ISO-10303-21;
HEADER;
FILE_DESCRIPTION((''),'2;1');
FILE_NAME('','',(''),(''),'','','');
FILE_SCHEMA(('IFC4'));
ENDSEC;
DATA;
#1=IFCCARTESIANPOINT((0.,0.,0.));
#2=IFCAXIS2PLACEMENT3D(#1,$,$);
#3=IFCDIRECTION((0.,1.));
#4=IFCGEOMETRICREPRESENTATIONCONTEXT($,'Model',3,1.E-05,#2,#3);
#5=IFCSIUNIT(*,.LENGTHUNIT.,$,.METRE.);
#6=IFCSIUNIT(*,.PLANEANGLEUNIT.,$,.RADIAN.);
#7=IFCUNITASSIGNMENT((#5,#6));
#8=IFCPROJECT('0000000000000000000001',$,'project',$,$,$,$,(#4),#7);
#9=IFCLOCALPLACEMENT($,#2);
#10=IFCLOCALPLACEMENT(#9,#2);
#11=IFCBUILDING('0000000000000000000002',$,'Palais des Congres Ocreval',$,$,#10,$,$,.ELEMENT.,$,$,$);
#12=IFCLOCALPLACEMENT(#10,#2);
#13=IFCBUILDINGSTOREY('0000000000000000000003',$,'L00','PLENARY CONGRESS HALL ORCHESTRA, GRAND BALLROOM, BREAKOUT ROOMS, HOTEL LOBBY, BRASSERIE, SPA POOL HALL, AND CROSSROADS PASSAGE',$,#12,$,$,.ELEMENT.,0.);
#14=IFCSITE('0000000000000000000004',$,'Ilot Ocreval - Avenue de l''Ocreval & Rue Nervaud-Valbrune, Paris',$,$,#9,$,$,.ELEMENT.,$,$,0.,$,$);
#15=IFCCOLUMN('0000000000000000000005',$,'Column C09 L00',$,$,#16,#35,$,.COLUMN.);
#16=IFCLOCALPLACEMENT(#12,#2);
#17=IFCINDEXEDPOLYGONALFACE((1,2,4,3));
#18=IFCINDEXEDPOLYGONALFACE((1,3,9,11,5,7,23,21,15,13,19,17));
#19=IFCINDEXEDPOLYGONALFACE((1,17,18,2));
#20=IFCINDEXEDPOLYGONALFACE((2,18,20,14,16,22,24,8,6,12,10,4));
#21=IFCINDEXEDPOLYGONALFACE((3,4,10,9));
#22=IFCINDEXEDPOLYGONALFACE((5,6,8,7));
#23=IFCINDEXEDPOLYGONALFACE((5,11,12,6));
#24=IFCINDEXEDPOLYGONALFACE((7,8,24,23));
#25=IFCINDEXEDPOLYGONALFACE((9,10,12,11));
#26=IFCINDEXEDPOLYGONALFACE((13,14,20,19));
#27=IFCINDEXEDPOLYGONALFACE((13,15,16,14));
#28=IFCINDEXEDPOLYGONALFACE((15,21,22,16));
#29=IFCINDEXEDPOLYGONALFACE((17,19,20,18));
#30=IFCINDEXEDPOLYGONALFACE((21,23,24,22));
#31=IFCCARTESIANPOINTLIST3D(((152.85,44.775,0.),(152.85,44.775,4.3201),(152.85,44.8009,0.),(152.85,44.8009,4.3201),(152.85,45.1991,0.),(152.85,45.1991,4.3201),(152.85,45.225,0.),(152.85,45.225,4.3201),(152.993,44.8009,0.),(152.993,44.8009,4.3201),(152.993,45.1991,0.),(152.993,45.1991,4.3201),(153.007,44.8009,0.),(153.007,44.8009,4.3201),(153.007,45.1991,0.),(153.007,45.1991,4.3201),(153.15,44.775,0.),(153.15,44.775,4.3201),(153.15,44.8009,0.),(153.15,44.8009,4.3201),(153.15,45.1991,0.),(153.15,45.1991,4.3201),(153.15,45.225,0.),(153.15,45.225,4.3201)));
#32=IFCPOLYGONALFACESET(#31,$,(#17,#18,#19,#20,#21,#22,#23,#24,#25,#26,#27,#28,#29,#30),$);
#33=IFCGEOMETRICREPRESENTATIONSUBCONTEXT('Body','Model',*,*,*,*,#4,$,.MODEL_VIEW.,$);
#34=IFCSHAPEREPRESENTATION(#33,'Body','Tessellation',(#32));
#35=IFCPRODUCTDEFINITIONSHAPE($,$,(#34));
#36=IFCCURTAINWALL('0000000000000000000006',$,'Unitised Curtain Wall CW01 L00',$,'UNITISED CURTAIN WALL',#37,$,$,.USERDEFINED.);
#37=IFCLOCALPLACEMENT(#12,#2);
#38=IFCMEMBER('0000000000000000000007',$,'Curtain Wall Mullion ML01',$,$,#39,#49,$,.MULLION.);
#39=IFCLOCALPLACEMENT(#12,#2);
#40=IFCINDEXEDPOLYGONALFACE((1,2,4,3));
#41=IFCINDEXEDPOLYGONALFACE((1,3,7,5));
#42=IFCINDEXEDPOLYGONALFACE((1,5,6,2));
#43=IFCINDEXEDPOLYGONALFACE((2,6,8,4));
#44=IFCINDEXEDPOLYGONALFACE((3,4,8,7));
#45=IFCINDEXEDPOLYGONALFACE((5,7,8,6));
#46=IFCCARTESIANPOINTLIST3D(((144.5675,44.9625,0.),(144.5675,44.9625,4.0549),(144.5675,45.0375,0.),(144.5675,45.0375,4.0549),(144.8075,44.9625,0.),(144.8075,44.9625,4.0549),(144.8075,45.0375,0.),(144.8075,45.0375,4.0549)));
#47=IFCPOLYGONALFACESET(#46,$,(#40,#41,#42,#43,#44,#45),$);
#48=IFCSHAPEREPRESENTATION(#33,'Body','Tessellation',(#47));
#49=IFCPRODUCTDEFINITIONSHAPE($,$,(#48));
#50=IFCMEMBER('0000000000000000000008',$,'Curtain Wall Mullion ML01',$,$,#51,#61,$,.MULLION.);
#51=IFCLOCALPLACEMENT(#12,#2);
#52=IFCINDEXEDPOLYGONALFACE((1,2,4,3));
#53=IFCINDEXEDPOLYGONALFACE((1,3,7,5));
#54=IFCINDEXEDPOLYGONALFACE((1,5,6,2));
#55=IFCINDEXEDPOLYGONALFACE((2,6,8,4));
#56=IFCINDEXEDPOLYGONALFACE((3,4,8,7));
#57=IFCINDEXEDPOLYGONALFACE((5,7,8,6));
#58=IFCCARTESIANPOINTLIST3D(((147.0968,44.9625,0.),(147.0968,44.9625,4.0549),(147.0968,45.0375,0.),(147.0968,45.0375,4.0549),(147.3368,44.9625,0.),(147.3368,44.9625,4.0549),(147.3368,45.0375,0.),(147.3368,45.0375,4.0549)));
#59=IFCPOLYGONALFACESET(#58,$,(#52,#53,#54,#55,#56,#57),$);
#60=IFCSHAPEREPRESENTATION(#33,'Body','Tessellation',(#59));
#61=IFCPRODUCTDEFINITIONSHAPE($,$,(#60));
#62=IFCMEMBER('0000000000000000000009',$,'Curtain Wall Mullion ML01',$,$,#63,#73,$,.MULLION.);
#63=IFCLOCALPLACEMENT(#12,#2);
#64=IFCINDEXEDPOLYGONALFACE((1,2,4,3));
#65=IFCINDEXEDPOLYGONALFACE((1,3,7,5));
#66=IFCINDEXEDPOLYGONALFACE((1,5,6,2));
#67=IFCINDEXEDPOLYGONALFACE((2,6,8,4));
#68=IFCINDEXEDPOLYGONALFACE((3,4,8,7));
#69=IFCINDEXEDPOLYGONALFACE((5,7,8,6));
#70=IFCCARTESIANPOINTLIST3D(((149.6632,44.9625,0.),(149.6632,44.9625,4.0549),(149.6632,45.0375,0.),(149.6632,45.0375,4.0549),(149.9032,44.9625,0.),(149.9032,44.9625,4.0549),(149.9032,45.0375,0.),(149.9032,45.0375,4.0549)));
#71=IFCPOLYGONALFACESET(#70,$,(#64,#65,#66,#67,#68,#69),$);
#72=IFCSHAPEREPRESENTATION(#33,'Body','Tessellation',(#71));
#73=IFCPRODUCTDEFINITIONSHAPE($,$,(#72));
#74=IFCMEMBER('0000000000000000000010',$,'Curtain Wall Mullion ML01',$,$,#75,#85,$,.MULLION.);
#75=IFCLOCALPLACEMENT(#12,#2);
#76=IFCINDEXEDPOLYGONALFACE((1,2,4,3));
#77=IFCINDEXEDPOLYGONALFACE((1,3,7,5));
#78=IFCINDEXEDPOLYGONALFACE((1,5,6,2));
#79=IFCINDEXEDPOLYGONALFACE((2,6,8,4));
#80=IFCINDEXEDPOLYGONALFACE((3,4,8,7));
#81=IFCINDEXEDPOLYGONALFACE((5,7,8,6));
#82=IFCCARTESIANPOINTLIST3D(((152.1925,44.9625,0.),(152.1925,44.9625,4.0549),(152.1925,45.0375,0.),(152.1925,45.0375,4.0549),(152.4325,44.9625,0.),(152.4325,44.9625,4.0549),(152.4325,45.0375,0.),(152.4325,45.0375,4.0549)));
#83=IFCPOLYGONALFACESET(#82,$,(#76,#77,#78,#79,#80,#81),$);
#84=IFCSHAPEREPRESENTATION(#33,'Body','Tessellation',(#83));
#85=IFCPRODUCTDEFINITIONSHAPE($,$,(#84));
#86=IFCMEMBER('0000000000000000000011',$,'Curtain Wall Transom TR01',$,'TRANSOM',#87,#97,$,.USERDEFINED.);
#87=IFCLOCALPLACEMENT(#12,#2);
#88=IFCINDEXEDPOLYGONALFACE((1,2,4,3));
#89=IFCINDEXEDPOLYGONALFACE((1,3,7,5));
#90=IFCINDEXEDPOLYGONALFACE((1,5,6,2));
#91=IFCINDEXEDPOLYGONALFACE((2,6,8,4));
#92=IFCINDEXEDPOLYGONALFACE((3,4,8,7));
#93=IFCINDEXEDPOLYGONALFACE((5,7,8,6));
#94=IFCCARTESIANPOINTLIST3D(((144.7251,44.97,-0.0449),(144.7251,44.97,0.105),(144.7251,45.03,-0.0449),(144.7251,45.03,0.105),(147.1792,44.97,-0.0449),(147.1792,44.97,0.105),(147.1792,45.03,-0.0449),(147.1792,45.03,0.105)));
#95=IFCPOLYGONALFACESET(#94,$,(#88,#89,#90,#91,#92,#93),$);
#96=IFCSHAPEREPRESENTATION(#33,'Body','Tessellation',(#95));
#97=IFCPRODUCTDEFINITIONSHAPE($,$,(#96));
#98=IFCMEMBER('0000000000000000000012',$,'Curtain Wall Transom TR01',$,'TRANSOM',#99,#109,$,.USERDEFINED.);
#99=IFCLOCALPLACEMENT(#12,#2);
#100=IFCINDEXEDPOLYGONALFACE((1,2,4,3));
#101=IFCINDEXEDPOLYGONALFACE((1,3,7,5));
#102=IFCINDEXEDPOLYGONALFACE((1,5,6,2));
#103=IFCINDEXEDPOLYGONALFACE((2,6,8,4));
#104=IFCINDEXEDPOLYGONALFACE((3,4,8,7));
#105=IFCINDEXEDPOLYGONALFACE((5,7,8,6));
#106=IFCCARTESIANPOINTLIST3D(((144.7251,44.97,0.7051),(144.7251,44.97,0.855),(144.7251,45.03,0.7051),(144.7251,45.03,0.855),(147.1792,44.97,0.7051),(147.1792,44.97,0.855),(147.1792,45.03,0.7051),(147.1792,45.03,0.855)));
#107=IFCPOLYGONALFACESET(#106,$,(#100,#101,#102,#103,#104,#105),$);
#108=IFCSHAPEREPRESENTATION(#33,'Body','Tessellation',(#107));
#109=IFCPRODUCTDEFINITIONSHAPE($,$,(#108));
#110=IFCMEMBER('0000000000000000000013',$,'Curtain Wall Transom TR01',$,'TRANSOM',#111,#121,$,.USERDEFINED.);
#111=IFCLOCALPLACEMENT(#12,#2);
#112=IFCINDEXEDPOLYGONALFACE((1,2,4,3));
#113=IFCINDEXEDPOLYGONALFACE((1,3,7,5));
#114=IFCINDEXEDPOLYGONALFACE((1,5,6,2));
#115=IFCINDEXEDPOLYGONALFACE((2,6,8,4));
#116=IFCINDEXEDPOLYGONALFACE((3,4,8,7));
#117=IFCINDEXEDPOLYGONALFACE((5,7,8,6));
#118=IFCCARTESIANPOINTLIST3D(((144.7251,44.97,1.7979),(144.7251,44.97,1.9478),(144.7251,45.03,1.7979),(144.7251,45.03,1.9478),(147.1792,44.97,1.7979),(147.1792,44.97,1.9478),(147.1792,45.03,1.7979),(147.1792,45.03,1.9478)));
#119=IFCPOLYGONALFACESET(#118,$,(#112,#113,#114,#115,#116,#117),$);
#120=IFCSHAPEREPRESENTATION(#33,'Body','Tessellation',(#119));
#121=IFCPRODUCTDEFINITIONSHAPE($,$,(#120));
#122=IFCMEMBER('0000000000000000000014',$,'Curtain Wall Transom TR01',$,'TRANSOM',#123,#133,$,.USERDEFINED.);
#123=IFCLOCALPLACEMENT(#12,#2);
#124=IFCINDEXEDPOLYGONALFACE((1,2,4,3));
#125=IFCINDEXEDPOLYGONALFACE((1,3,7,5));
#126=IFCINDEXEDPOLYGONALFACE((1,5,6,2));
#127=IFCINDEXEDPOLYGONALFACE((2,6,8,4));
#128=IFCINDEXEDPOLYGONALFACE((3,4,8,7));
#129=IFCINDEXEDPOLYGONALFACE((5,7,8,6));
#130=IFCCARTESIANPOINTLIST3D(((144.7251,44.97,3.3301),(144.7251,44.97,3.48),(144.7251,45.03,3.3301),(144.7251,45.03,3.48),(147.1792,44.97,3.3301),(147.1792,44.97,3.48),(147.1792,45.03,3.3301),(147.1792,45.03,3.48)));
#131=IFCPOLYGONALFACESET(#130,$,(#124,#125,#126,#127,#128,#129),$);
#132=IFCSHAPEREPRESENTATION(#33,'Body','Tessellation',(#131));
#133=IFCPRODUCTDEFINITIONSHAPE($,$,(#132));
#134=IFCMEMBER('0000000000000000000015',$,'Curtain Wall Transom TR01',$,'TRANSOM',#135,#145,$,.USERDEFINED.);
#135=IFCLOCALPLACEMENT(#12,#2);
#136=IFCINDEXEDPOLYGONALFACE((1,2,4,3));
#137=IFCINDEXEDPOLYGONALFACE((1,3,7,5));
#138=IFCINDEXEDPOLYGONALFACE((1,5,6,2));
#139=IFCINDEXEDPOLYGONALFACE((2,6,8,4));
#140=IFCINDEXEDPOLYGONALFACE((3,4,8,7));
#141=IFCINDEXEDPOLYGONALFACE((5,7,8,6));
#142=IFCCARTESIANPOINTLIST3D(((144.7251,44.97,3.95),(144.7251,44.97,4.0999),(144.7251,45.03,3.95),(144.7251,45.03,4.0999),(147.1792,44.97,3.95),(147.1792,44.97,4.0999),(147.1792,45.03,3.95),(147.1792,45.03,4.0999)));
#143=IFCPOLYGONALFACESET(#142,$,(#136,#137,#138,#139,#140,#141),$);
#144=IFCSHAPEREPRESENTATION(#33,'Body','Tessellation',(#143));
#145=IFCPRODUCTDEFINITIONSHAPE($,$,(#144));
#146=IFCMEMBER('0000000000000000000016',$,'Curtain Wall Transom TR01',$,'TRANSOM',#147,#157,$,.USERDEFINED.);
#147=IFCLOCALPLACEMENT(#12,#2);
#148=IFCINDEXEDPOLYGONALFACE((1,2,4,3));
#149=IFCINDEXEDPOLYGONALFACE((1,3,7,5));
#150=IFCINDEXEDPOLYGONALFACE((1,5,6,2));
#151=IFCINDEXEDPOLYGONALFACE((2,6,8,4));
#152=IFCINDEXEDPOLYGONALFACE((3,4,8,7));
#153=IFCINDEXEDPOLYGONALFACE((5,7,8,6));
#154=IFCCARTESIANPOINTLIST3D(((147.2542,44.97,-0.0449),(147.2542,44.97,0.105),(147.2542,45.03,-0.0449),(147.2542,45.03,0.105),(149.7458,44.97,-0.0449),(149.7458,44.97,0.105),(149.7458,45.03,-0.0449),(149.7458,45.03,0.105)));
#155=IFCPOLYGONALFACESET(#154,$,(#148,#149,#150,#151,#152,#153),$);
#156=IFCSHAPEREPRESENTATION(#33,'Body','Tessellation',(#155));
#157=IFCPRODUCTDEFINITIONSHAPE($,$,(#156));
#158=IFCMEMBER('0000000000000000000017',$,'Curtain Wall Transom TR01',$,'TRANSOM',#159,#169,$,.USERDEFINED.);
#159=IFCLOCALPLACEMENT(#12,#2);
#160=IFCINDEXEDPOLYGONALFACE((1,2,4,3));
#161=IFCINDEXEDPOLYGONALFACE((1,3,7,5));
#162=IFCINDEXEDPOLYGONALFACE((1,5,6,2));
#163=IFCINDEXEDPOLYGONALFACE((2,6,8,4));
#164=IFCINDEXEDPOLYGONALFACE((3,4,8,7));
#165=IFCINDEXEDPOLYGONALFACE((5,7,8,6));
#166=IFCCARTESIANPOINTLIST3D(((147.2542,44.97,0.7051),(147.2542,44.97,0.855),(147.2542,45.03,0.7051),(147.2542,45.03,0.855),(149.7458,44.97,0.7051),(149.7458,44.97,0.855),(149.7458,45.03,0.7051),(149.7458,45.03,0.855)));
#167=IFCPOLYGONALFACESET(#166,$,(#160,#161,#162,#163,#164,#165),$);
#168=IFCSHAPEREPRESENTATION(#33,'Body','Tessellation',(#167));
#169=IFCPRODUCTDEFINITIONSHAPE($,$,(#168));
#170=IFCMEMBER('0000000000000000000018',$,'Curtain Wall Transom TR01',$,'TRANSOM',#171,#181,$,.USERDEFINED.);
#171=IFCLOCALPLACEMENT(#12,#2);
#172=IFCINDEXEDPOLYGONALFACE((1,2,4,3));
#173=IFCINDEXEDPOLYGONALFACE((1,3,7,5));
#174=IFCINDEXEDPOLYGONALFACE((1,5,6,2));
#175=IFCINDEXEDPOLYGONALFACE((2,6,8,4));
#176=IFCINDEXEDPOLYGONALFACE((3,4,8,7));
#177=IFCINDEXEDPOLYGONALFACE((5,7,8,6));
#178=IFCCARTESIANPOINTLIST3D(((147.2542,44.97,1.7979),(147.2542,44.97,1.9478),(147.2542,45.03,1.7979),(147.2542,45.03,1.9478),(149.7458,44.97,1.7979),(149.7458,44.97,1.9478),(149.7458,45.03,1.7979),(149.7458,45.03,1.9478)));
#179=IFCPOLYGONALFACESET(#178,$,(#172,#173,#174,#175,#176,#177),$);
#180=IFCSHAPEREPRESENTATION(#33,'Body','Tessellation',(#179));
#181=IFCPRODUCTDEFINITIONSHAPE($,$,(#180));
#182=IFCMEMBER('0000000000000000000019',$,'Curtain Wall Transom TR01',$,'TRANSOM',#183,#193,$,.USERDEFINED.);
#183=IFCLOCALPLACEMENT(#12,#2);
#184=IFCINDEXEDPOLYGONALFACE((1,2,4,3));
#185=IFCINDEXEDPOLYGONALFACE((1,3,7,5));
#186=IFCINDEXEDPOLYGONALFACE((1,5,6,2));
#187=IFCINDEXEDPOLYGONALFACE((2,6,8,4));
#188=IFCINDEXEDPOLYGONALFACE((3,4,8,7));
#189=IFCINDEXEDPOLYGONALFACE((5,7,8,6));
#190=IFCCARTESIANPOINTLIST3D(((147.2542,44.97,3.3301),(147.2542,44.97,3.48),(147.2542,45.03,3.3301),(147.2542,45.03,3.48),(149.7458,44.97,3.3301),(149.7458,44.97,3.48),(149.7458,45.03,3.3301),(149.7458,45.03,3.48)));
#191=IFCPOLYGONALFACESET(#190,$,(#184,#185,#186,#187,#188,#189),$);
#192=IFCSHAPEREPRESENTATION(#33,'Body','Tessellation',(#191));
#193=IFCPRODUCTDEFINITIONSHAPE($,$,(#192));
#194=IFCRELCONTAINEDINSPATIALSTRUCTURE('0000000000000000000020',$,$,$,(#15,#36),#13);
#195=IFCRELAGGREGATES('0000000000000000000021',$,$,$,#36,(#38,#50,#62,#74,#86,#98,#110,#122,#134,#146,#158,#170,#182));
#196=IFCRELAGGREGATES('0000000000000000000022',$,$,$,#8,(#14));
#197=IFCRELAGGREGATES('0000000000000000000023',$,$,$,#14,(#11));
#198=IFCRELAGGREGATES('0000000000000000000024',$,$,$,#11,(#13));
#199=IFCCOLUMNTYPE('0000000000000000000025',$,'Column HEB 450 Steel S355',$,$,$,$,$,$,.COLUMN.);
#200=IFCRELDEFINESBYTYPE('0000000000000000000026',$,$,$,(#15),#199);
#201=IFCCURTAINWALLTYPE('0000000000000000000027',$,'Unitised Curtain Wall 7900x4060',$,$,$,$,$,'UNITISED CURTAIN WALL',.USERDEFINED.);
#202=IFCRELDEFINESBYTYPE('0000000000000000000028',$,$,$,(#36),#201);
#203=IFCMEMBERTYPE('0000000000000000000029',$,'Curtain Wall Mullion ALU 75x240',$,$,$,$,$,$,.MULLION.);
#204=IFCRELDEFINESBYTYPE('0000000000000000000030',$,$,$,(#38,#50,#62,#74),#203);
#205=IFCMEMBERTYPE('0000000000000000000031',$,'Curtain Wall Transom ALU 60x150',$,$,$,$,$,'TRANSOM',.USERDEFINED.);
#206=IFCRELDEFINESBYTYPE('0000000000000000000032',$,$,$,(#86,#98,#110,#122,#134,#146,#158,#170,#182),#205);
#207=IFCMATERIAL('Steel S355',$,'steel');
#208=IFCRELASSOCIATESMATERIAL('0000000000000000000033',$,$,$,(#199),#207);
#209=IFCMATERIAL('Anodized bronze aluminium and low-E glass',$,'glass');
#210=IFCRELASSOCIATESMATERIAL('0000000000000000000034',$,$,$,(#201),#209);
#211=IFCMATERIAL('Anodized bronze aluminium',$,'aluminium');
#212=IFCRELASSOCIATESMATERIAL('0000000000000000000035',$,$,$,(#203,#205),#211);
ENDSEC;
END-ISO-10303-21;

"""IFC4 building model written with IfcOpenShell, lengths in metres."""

from ifc_helpers import new_model, si_unit, direction, frame, origin, origin_2d, place, context, subcontext, project, spatial, rectangle, i_section, extrude, material, material_profile, profile_set, type_object, element, aggregate, save


model = new_model("IFC4")

# Units and contexts
model_context = context("Model", 3, precision=1e-05, world=origin(), true_north=direction((0.0, 1.0)))
body_context = subcontext(model_context, "Body", "Model", "MODEL_VIEW")
ifc_project = project(units=[si_unit("LENGTHUNIT", "METRE"), si_unit("PLANEANGLEUNIT", "RADIAN")], contexts=[model_context])

# Site, building, storey
site_placement = place(None, origin())
site = spatial("IfcSite", under=ifc_project, at=site_placement, Name="Ilot Ocreval - Avenue de l'Ocreval & Rue Nervaud-Valbrune, Paris", CompositionType="ELEMENT", RefElevation=0.0)
building_placement = place(site_placement, origin())
building = spatial("IfcBuilding", under=site, at=building_placement, Name="Palais des Congres Ocreval", CompositionType="ELEMENT")
storey_placement = place(building_placement, origin())
storey = spatial("IfcBuildingStorey", under=building, at=storey_placement, Name="L00", Description="PLENARY CONGRESS HALL ORCHESTRA, GRAND BALLROOM, BREAKOUT ROOMS, HOTEL LOBBY, BRASSERIE, SPA POOL HALL, AND CROSSROADS PASSAGE", CompositionType="ELEMENT", Elevation=0.0)

# Column
ifc_material_1 = material(Name="Steel S355", Category="steel")
ifc_material_profile_1 = material_profile(ifc_material_1, i_section(OverallWidth=0.3, OverallDepth=0.45, WebThickness=0.0139, FlangeThickness=0.0259, at=origin_2d()), Name="HEB 450")
ifc_profile_set_1 = profile_set([ifc_material_profile_1], Name="Steel S355")
column_type = type_object("IfcColumnType", Name="Column HEB 450 Steel S355", PredefinedType="COLUMN", material=ifc_profile_set_1)
column_placement = place(storey_placement, frame((153.0, 45.0, 0.0), z_axis=(0.0, 0.0, 1.0), x_axis=(1.0, 0.0, 0.0)))
element("IfcColumn", 1, at=column_placement, inside=storey, type_object=column_type, Name="Column C09 L00", PredefinedType="COLUMN", context=body_context, shape_type="SweptSolid", body=[
    extrude(i_section(OverallWidth=0.3, OverallDepth=0.45, WebThickness=0.0139, FlangeThickness=0.0259, at=origin_2d()), origin(), (0.0, 0.0, 1.0), 4.3201),
])

# Curtain wall, members
ifc_material_2 = material(Name="Anodized bronze aluminium and low-E glass", Category="glass")
curtain_wall_type = type_object("IfcCurtainWallType", Name="Unitised Curtain Wall 7900x4060", ElementType="UNITISED CURTAIN WALL", PredefinedType="USERDEFINED", material=ifc_material_2)
curtain_wall_placement = place(storey_placement, origin())
curtain_wall = element("IfcCurtainWall", 2, at=curtain_wall_placement, inside=storey, type_object=curtain_wall_type, Name="Unitised Curtain Wall CW01 L00", ObjectType="UNITISED CURTAIN WALL", PredefinedType="USERDEFINED")
ifc_material_3 = material(Name="Anodized bronze aluminium", Category="aluminium")
ifc_material_profile_2 = material_profile(ifc_material_3, rectangle(XDim=0.075, YDim=0.24, at=origin_2d()), Name="ALU 75x240")
ifc_profile_set_2 = profile_set([ifc_material_profile_2], Name="Anodized bronze aluminium")
member_type_1 = type_object("IfcMemberType", Name="Curtain Wall Mullion ALU 75x240", PredefinedType="MULLION", material=ifc_profile_set_2)
member_1_placement = place(storey_placement, frame((144.6875, 45.0, 0.0), z_axis=(0.0, 0.0, 1.0), x_axis=(0.0, 1.0, 0.0)))
member_1 = element("IfcMember", 3, at=member_1_placement, type_object=member_type_1, Name="Curtain Wall Mullion ML01", PredefinedType="MULLION", context=body_context, shape_type="SweptSolid", body=[
    extrude(rectangle(XDim=0.075, YDim=0.24, at=origin_2d()), origin(), (0.0, 0.0, 1.0), 4.0549),
])
member_2_placement = place(storey_placement, frame((147.2168, 45.0, 0.0), z_axis=(0.0, 0.0, 1.0), x_axis=(0.0, 1.0, 0.0)))
member_2 = element("IfcMember", 4, at=member_2_placement, type_object=member_type_1, Name="Curtain Wall Mullion ML01", PredefinedType="MULLION", context=body_context, shape_type="SweptSolid", body=[
    extrude(rectangle(XDim=0.075, YDim=0.24, at=origin_2d()), origin(), (0.0, 0.0, 1.0), 4.0549),
])
member_3_placement = place(storey_placement, frame((149.7832, 45.0, 0.0), z_axis=(0.0, 0.0, 1.0), x_axis=(0.0, 1.0, 0.0)))
member_3 = element("IfcMember", 5, at=member_3_placement, type_object=member_type_1, Name="Curtain Wall Mullion ML01", PredefinedType="MULLION", context=body_context, shape_type="SweptSolid", body=[
    extrude(rectangle(XDim=0.075, YDim=0.24, at=origin_2d()), origin(), (0.0, 0.0, 1.0), 4.0549),
])
member_4_placement = place(storey_placement, frame((152.3125, 45.0, 0.0), z_axis=(0.0, 0.0, 1.0), x_axis=(0.0, 1.0, 0.0)))
member_4 = element("IfcMember", 6, at=member_4_placement, type_object=member_type_1, Name="Curtain Wall Mullion ML01", PredefinedType="MULLION", context=body_context, shape_type="SweptSolid", body=[
    extrude(rectangle(XDim=0.075, YDim=0.24, at=origin_2d()), origin(), (0.0, 0.0, 1.0), 4.0549),
])
ifc_material_profile_3 = material_profile(ifc_material_3, rectangle(XDim=0.0601, YDim=0.1499, at=origin_2d()), Name="ALU 60x150")
ifc_profile_set_3 = profile_set([ifc_material_profile_3], Name="Anodized bronze aluminium")
member_type_2 = type_object("IfcMemberType", Name="Curtain Wall Transom ALU 60x150", ElementType="TRANSOM", PredefinedType="USERDEFINED", material=ifc_profile_set_3)
member_5_placement = place(storey_placement, frame((144.7251, 45.0, 0.03), z_axis=(1.0, 0.0, 0.0), x_axis=(0.0, 1.0, 0.0)))
member_5 = element("IfcMember", 7, at=member_5_placement, type_object=member_type_2, Name="Curtain Wall Transom TR01", ObjectType="TRANSOM", PredefinedType="USERDEFINED", context=body_context, shape_type="SweptSolid", body=[
    extrude(rectangle(XDim=0.0601, YDim=0.1499, at=origin_2d()), origin(), (0.0, 0.0, 1.0), 2.4541),
])
member_6_placement = place(storey_placement, frame((144.7251, 45.0, 0.78), z_axis=(1.0, 0.0, 0.0), x_axis=(0.0, 1.0, 0.0)))
member_6 = element("IfcMember", 8, at=member_6_placement, type_object=member_type_2, Name="Curtain Wall Transom TR01", ObjectType="TRANSOM", PredefinedType="USERDEFINED", context=body_context, shape_type="SweptSolid", body=[
    extrude(rectangle(XDim=0.0601, YDim=0.1499, at=origin_2d()), origin(), (0.0, 0.0, 1.0), 2.4541),
])
member_7_placement = place(storey_placement, frame((144.7251, 45.0, 1.8728), z_axis=(1.0, 0.0, 0.0), x_axis=(0.0, 1.0, 0.0)))
member_7 = element("IfcMember", 9, at=member_7_placement, type_object=member_type_2, Name="Curtain Wall Transom TR01", ObjectType="TRANSOM", PredefinedType="USERDEFINED", context=body_context, shape_type="SweptSolid", body=[
    extrude(rectangle(XDim=0.0601, YDim=0.1499, at=origin_2d()), origin(), (0.0, 0.0, 1.0), 2.4541),
])
member_8_placement = place(storey_placement, frame((144.7251, 45.0, 3.405), z_axis=(1.0, 0.0, 0.0), x_axis=(0.0, 1.0, 0.0)))
member_8 = element("IfcMember", 10, at=member_8_placement, type_object=member_type_2, Name="Curtain Wall Transom TR01", ObjectType="TRANSOM", PredefinedType="USERDEFINED", context=body_context, shape_type="SweptSolid", body=[
    extrude(rectangle(XDim=0.0601, YDim=0.1499, at=origin_2d()), origin(), (0.0, 0.0, 1.0), 2.4541),
])
member_9_placement = place(storey_placement, frame((144.7251, 45.0, 4.0249), z_axis=(1.0, 0.0, 0.0), x_axis=(0.0, 1.0, 0.0)))
member_9 = element("IfcMember", 11, at=member_9_placement, type_object=member_type_2, Name="Curtain Wall Transom TR01", ObjectType="TRANSOM", PredefinedType="USERDEFINED", context=body_context, shape_type="SweptSolid", body=[
    extrude(rectangle(XDim=0.0601, YDim=0.1499, at=origin_2d()), origin(), (0.0, 0.0, 1.0), 2.4541),
])
member_10_placement = place(storey_placement, frame((147.2542, 45.0, 0.03), z_axis=(1.0, 0.0, 0.0), x_axis=(0.0, 1.0, 0.0)))
member_10 = element("IfcMember", 12, at=member_10_placement, type_object=member_type_2, Name="Curtain Wall Transom TR01", ObjectType="TRANSOM", PredefinedType="USERDEFINED", context=body_context, shape_type="SweptSolid", body=[
    extrude(rectangle(XDim=0.0601, YDim=0.1499, at=origin_2d()), origin(), (0.0, 0.0, 1.0), 2.4917),
])
member_11_placement = place(storey_placement, frame((147.2542, 45.0, 0.78), z_axis=(1.0, 0.0, 0.0), x_axis=(0.0, 1.0, 0.0)))
member_11 = element("IfcMember", 13, at=member_11_placement, type_object=member_type_2, Name="Curtain Wall Transom TR01", ObjectType="TRANSOM", PredefinedType="USERDEFINED", context=body_context, shape_type="SweptSolid", body=[
    extrude(rectangle(XDim=0.0601, YDim=0.1499, at=origin_2d()), origin(), (0.0, 0.0, 1.0), 2.4917),
])
member_12_placement = place(storey_placement, frame((147.2542, 45.0, 1.8728), z_axis=(1.0, 0.0, 0.0), x_axis=(0.0, 1.0, 0.0)))
member_12 = element("IfcMember", 14, at=member_12_placement, type_object=member_type_2, Name="Curtain Wall Transom TR01", ObjectType="TRANSOM", PredefinedType="USERDEFINED", context=body_context, shape_type="SweptSolid", body=[
    extrude(rectangle(XDim=0.0601, YDim=0.1499, at=origin_2d()), origin(), (0.0, 0.0, 1.0), 2.4917),
])
member_13_placement = place(storey_placement, frame((147.2542, 45.0, 3.405), z_axis=(1.0, 0.0, 0.0), x_axis=(0.0, 1.0, 0.0)))
member_13 = element("IfcMember", 15, at=member_13_placement, type_object=member_type_2, Name="Curtain Wall Transom TR01", ObjectType="TRANSOM", PredefinedType="USERDEFINED", context=body_context, shape_type="SweptSolid", body=[
    extrude(rectangle(XDim=0.0601, YDim=0.1499, at=origin_2d()), origin(), (0.0, 0.0, 1.0), 2.4917),
])

aggregate(curtain_wall, [member_1, member_2, member_3, member_4, member_5, member_6, member_7, member_8, member_9, member_10, member_11, member_12, member_13])

save(model, "model.ifc")
